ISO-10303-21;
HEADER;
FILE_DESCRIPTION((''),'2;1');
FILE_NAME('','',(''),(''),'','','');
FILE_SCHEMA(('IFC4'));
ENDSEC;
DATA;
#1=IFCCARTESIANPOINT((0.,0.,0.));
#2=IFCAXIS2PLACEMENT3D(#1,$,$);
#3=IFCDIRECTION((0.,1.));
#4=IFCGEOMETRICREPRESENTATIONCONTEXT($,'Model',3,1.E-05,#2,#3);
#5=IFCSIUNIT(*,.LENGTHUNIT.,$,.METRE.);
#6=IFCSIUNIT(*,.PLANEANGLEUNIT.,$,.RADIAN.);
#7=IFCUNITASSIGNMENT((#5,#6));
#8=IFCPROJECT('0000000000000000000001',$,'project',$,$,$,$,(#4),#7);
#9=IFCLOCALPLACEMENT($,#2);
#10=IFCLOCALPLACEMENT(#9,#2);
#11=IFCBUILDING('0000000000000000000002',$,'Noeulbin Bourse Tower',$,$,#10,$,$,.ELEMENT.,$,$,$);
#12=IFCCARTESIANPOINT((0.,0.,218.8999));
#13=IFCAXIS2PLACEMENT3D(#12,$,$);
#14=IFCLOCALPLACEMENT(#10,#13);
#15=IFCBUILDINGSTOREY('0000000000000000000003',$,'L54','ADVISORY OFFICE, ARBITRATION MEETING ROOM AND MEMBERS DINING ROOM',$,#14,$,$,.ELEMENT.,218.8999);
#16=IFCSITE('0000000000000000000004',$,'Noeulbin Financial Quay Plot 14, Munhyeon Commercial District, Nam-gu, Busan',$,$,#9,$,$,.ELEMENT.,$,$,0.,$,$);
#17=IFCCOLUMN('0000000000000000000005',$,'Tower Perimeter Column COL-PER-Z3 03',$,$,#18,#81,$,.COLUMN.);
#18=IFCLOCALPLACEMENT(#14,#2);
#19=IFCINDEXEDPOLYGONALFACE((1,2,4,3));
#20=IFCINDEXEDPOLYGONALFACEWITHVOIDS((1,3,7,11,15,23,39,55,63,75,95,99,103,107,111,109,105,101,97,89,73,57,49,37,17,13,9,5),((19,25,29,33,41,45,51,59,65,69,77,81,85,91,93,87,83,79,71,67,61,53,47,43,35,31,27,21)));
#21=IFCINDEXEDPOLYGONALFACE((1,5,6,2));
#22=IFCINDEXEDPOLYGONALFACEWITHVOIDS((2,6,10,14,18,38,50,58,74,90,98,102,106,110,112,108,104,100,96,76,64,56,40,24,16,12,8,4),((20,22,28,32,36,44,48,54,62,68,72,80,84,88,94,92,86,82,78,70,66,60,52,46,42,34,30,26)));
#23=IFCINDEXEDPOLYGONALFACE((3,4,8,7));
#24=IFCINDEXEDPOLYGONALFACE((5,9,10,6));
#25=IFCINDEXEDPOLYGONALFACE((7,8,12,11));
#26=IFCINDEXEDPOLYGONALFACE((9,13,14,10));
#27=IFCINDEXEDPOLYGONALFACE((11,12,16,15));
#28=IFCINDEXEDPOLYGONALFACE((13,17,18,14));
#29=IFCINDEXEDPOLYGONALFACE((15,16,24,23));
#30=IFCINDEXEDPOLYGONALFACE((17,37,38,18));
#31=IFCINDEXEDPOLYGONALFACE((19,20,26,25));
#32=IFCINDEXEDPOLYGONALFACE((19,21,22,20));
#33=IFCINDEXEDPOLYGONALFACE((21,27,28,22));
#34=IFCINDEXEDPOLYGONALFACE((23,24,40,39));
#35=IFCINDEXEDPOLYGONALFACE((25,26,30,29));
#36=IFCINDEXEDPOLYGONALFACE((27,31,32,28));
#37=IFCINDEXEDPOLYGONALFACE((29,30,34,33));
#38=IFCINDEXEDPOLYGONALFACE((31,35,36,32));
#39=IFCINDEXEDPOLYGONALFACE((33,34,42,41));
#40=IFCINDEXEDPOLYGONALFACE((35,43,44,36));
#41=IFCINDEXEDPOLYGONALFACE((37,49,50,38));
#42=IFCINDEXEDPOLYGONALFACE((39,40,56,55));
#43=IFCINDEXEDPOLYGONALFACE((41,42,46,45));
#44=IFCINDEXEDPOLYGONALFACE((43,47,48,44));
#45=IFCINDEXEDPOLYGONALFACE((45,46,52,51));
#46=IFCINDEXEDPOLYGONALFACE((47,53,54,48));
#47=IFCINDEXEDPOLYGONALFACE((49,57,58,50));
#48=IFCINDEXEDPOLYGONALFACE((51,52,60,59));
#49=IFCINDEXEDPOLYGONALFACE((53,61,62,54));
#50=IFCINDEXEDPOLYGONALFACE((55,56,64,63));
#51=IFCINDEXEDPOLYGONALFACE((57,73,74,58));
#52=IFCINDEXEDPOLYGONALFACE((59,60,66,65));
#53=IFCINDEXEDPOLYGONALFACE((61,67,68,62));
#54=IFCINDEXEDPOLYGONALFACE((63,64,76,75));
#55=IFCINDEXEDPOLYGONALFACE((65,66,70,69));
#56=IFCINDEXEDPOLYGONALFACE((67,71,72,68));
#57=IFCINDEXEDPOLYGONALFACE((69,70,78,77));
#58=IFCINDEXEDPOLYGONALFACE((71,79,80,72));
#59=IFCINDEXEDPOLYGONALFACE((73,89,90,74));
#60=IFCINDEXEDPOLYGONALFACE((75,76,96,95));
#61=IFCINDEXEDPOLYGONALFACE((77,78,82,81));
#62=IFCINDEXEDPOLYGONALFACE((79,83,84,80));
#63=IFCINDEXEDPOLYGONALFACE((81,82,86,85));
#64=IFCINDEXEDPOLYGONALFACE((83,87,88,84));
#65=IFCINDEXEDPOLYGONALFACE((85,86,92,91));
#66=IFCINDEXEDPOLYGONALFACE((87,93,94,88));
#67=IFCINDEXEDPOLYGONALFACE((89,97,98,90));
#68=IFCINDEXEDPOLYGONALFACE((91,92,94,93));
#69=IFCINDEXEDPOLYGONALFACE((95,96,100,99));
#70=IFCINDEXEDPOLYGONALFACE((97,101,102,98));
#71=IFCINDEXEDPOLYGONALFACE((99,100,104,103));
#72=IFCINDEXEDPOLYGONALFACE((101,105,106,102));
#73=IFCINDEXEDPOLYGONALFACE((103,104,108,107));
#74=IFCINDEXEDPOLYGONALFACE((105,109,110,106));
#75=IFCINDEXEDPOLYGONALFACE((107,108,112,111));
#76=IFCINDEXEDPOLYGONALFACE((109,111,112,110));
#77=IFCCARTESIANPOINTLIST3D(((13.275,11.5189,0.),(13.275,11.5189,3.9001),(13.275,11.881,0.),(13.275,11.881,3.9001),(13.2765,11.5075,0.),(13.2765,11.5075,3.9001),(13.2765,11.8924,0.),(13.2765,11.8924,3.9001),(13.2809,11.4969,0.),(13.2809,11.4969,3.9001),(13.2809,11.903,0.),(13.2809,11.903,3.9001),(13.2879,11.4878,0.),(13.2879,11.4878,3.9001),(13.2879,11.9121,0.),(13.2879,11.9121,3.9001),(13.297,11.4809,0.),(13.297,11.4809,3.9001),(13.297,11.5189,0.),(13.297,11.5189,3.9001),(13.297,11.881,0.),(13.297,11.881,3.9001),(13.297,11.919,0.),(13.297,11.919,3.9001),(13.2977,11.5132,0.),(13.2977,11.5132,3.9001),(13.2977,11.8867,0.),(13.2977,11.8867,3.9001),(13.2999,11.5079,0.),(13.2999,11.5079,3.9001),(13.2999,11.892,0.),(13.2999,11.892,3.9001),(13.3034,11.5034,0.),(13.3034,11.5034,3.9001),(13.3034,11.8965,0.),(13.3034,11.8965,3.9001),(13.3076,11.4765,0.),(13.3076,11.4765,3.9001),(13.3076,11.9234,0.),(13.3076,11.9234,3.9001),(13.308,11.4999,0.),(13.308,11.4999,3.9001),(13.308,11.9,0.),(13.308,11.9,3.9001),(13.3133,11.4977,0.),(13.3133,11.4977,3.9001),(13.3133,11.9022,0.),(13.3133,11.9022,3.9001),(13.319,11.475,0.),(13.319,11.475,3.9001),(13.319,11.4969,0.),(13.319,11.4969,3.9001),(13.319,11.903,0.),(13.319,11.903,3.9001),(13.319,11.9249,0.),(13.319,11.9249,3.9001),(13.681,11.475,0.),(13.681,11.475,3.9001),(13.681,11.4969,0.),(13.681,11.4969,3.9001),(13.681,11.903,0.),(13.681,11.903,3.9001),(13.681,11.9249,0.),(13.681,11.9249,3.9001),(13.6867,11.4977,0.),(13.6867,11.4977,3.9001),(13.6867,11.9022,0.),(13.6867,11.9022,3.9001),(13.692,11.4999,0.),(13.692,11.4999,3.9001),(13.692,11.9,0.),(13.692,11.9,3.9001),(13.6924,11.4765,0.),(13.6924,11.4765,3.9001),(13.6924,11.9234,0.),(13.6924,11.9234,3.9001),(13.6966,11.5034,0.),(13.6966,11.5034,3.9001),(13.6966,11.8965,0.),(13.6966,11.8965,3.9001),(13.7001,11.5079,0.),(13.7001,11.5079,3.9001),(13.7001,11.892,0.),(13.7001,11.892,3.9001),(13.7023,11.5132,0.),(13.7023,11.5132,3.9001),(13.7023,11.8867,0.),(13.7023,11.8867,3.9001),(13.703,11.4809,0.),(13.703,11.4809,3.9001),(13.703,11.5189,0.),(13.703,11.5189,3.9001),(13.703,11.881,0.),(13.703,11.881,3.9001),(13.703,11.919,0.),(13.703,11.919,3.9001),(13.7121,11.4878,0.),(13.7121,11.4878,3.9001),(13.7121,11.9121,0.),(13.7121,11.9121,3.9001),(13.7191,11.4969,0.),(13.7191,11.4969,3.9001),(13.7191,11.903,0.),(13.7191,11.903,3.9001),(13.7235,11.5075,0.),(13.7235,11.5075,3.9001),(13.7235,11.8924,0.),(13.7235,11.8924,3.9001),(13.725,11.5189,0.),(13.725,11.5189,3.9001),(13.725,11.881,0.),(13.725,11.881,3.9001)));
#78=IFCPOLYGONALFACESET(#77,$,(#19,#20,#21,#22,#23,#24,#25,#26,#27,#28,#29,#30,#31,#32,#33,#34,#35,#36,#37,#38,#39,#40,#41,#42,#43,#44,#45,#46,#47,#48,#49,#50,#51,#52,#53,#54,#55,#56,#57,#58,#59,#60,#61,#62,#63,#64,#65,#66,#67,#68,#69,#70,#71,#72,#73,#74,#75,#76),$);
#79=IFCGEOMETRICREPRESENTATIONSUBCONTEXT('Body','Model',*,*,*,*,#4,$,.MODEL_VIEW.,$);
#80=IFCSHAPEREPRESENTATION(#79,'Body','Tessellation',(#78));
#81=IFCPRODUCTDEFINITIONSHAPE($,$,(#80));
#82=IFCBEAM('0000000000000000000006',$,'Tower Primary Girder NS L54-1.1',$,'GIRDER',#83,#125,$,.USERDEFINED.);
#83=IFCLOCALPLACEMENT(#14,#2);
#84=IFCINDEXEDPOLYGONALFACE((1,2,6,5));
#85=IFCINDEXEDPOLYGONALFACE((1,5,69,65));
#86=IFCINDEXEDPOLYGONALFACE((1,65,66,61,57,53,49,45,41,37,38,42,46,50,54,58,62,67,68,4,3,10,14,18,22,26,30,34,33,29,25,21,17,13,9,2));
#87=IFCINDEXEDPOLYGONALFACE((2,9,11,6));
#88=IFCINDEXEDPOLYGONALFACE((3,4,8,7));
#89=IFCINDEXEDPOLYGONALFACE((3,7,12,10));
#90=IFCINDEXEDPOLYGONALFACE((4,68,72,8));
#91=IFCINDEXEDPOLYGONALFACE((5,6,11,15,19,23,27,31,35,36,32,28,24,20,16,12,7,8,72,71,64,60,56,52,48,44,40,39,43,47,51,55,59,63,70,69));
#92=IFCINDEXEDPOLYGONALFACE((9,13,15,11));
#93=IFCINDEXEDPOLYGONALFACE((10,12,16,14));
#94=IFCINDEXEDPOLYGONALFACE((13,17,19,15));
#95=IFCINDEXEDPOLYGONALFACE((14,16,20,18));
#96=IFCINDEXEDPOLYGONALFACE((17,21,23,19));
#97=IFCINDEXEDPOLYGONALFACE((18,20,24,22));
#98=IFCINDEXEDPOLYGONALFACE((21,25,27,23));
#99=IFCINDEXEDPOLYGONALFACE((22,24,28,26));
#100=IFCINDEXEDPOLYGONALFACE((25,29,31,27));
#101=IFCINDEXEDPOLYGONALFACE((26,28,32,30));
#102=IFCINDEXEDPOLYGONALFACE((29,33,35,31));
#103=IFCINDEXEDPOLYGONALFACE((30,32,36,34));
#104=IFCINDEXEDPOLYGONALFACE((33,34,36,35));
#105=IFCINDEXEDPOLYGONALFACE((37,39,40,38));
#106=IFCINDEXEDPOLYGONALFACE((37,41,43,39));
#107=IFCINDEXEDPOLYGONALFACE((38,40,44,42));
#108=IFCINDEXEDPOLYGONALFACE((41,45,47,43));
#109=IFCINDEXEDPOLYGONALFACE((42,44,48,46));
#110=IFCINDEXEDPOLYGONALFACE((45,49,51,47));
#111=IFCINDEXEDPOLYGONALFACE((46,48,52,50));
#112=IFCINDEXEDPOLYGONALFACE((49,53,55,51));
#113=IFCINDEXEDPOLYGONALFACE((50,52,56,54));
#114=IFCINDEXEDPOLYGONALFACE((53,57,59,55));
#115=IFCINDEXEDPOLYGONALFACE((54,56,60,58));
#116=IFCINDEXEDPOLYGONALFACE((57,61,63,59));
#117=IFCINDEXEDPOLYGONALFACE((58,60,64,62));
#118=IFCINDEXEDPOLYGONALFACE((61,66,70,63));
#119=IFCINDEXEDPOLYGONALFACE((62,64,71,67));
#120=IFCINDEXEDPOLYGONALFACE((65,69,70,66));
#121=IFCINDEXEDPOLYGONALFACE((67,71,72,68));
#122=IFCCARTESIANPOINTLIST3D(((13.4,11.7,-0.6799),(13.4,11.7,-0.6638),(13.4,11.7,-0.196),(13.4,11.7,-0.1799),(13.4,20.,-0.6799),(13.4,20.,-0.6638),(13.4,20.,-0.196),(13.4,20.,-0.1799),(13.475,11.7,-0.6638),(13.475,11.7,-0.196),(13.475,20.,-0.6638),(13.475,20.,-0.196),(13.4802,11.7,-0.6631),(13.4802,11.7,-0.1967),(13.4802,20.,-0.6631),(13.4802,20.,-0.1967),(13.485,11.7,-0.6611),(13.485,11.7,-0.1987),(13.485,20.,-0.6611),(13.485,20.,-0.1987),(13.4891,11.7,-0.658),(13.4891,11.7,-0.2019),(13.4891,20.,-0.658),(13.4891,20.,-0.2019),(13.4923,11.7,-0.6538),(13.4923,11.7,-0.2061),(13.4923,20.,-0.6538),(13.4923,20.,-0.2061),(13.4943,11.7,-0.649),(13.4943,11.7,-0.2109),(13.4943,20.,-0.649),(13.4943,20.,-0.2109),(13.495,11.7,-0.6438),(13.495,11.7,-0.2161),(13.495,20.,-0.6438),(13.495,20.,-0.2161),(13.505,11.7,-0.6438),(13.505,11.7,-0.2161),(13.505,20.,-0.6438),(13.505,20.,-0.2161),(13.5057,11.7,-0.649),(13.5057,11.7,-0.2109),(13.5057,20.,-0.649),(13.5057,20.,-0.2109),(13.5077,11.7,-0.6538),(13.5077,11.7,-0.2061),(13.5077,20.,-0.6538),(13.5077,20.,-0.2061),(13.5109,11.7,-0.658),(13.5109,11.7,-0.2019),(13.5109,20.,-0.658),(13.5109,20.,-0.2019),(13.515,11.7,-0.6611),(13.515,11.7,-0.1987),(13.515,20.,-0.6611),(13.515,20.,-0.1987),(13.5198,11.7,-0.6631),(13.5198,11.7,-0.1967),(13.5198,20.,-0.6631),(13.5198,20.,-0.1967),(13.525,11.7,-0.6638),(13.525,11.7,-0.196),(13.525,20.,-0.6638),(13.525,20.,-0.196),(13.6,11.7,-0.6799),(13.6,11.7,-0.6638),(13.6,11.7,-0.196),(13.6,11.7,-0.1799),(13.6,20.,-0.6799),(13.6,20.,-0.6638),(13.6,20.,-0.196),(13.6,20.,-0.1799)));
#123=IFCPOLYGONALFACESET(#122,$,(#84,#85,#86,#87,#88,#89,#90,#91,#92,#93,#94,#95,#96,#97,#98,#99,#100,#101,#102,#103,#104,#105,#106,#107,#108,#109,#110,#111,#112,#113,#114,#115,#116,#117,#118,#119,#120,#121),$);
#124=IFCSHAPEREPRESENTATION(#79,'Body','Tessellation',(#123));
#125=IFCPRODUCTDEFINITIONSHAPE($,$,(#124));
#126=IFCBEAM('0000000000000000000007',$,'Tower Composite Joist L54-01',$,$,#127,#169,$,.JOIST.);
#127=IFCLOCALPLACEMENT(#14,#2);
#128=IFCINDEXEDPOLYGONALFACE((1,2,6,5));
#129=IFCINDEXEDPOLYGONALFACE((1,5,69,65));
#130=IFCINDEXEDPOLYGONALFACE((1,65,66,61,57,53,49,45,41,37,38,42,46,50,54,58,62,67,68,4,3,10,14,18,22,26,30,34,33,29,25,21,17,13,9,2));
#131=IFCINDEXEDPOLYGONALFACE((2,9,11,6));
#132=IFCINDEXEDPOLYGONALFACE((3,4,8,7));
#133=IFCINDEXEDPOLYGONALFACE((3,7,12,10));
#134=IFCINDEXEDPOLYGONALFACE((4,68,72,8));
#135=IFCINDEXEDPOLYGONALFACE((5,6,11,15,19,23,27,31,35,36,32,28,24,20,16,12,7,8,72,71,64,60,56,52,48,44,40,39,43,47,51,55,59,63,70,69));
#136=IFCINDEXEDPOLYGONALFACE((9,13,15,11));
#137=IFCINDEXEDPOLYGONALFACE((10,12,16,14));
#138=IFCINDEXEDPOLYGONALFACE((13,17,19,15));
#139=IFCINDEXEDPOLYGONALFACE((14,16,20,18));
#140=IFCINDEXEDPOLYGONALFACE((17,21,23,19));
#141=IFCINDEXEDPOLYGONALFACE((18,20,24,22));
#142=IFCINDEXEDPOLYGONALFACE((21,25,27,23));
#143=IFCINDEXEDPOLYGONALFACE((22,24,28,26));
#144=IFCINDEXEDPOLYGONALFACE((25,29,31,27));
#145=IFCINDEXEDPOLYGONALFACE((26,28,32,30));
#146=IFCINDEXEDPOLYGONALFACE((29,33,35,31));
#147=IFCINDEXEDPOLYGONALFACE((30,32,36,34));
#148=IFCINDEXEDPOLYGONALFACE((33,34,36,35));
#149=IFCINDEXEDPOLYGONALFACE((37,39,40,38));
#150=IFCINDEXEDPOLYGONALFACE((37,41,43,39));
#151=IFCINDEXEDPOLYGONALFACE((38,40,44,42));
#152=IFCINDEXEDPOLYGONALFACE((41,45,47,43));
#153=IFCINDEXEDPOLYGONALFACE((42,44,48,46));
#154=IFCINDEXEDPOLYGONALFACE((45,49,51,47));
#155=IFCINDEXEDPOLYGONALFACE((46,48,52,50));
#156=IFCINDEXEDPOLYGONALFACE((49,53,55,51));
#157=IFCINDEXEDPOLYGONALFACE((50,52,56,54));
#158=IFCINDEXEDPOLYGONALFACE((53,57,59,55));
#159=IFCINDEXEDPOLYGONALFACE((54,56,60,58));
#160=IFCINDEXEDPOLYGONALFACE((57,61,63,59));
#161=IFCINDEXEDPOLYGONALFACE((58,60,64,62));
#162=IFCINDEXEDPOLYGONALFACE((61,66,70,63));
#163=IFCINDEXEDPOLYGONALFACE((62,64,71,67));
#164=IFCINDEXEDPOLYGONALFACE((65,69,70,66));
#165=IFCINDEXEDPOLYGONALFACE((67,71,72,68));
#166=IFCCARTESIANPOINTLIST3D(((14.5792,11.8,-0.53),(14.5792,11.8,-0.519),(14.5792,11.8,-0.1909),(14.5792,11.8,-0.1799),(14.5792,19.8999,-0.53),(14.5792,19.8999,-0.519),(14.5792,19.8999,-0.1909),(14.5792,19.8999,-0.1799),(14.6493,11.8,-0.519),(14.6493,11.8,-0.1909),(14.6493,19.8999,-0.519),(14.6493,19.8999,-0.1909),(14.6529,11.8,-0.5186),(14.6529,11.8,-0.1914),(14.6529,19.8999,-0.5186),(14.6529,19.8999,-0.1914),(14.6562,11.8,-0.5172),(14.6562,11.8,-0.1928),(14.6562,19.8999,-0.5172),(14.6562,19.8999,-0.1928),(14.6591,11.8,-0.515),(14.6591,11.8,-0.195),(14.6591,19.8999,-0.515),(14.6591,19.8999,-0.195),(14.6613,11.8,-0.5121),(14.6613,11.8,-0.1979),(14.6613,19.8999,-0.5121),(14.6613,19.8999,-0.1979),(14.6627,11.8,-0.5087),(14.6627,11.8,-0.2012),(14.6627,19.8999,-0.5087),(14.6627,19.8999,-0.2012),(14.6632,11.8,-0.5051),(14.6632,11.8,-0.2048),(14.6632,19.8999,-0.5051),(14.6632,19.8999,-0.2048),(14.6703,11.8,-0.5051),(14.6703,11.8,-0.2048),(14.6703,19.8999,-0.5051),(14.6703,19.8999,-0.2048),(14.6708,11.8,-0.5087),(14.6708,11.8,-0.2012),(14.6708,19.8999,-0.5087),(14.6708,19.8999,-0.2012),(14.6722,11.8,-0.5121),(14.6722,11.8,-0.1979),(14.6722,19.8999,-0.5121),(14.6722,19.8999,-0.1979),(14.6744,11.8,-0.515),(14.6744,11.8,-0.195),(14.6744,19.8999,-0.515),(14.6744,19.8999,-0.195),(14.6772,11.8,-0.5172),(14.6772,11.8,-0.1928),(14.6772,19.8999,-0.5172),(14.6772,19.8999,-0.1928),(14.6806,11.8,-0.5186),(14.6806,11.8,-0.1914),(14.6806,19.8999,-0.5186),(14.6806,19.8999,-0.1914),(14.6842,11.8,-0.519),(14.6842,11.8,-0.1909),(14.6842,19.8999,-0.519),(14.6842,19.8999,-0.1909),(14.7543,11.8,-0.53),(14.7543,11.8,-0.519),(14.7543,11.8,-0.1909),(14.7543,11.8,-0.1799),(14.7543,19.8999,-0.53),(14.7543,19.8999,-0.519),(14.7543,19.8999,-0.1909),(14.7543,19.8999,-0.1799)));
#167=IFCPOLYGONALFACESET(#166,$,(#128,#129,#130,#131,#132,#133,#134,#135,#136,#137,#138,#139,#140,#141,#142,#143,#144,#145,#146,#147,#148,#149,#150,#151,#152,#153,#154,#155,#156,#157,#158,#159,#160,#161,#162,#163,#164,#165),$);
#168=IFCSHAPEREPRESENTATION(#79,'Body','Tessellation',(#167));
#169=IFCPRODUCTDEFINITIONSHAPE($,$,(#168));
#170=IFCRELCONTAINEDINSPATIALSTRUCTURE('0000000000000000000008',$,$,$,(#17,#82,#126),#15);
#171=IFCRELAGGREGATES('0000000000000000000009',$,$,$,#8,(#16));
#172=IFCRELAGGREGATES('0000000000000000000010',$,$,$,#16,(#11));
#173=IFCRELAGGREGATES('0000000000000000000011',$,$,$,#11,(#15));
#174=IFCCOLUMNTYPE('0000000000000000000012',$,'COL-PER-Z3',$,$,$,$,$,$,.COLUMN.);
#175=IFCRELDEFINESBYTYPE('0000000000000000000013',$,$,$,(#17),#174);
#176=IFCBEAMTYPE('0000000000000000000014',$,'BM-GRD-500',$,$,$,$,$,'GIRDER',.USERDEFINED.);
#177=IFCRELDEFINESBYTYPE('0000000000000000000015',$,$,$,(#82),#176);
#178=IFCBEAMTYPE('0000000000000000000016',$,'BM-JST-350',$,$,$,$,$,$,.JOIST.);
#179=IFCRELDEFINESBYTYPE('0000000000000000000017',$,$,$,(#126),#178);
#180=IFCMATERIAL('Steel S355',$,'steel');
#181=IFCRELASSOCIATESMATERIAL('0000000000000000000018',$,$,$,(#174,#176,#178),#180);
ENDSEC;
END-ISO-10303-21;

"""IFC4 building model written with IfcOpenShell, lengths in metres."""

from ifc_helpers import new_model, si_unit, direction, frame, origin, origin_2d, place, context, subcontext, project, spatial, hollow_rectangle, i_section, extrude, material, material_profile, profile_set, type_object, element, save


model = new_model("IFC4")

# Units and contexts
model_context = context("Model", 3, precision=1e-05, world=origin(), true_north=direction((0.0, 1.0)))
body_context = subcontext(model_context, "Body", "Model", "MODEL_VIEW")
ifc_project = project(units=[si_unit("LENGTHUNIT", "METRE"), si_unit("PLANEANGLEUNIT", "RADIAN")], contexts=[model_context])

# Site, building, storey
site_placement = place(None, origin())
site = spatial("IfcSite", under=ifc_project, at=site_placement, Name="Noeulbin Financial Quay Plot 14, Munhyeon Commercial District, Nam-gu, Busan", CompositionType="ELEMENT", RefElevation=0.0)
building_placement = place(site_placement, origin())
building = spatial("IfcBuilding", under=site, at=building_placement, Name="Noeulbin Bourse Tower", CompositionType="ELEMENT")
storey_placement = place(building_placement, frame((0.0, 0.0, 218.8999)))
storey = spatial("IfcBuildingStorey", under=building, at=storey_placement, Name="L54", Description="ADVISORY OFFICE, ARBITRATION MEETING ROOM AND MEMBERS DINING ROOM", CompositionType="ELEMENT", Elevation=218.8999)

# Column
ifc_material_1 = material(Name="Steel S355", Category="steel")
ifc_material_profile_1 = material_profile(ifc_material_1, hollow_rectangle(XDim=0.45, YDim=0.45, WallThickness=0.022, InnerFilletRadius=0.022, OuterFilletRadius=0.0439, at=origin_2d()), Name="SHS-450x450x22", Category="LoadBearing")
ifc_profile_set_1 = profile_set([ifc_material_profile_1], Name="Steel S355")
column_type = type_object("IfcColumnType", Name="COL-PER-Z3", PredefinedType="COLUMN", material=ifc_profile_set_1)
column_placement = place(storey_placement, frame((13.5, 11.7, 0.0), z_axis=(0.0, 0.0, 1.0), x_axis=(1.0, 0.0, 0.0)))
element("IfcColumn", 1, at=column_placement, inside=storey, type_object=column_type, Name="Tower Perimeter Column COL-PER-Z3 03", PredefinedType="COLUMN", context=body_context, shape_type="SweptSolid", body=[
    extrude(hollow_rectangle(XDim=0.45, YDim=0.45, WallThickness=0.022, InnerFilletRadius=0.022, OuterFilletRadius=0.0439, at=origin_2d()), origin(), (0.0, 0.0, 1.0), 3.9001),
])

# Beams
ifc_material_profile_2 = material_profile(ifc_material_1, i_section(OverallWidth=0.2, OverallDepth=0.5, WebThickness=0.01, FlangeThickness=0.0161, FilletRadius=0.02, at=origin_2d()), Name="H-500x200x10x16", Category="LoadBearing")
ifc_profile_set_2 = profile_set([ifc_material_profile_2], Name="Steel S355")
beam_type_1 = type_object("IfcBeamType", Name="BM-GRD-500", ElementType="GIRDER", PredefinedType="USERDEFINED", material=ifc_profile_set_2)
beam_1_placement = place(storey_placement, frame((13.5, 11.7, -0.4299), z_axis=(0.0, 1.0, 0.0), x_axis=(-1.0, 0.0, 0.0)))
element("IfcBeam", 2, at=beam_1_placement, inside=storey, type_object=beam_type_1, Name="Tower Primary Girder NS L54-1.1", ObjectType="GIRDER", PredefinedType="USERDEFINED", context=body_context, shape_type="SweptSolid", body=[
    extrude(i_section(OverallWidth=0.2, OverallDepth=0.5, WebThickness=0.01, FlangeThickness=0.0161, FilletRadius=0.02, at=origin_2d()), origin(), (0.0, 0.0, 1.0), 8.3),
])
ifc_material_profile_3 = material_profile(ifc_material_1, i_section(OverallWidth=0.175, OverallDepth=0.3501, WebThickness=0.0071, FlangeThickness=0.011, FilletRadius=0.0139, at=origin_2d()), Name="H-350x175x7x11", Category="LoadBearing")
ifc_profile_set_3 = profile_set([ifc_material_profile_3], Name="Steel S355")
beam_type_2 = type_object("IfcBeamType", Name="BM-JST-350", PredefinedType="JOIST", material=ifc_profile_set_3)
for number, where, z_axis, x_axis, name in (
    (3, (14.6667, 11.8, -0.355), (0.0, 1.0, 0.0), (-1.0, 0.0, 0.0), "Tower Composite Joist L54-01"),
):
    element("IfcBeam", number, at=place(storey_placement, frame(where, z_axis=z_axis, x_axis=x_axis)), inside=storey, type_object=beam_type_2, Name=name, PredefinedType="JOIST", context=body_context, shape_type="SweptSolid", body=[
        extrude(i_section(OverallWidth=0.175, OverallDepth=0.3501, WebThickness=0.0071, FlangeThickness=0.011, FilletRadius=0.0139, at=origin_2d()), origin(), (0.0, 0.0, 1.0), 8.0999),
    ])

save(model, "model.ifc")
